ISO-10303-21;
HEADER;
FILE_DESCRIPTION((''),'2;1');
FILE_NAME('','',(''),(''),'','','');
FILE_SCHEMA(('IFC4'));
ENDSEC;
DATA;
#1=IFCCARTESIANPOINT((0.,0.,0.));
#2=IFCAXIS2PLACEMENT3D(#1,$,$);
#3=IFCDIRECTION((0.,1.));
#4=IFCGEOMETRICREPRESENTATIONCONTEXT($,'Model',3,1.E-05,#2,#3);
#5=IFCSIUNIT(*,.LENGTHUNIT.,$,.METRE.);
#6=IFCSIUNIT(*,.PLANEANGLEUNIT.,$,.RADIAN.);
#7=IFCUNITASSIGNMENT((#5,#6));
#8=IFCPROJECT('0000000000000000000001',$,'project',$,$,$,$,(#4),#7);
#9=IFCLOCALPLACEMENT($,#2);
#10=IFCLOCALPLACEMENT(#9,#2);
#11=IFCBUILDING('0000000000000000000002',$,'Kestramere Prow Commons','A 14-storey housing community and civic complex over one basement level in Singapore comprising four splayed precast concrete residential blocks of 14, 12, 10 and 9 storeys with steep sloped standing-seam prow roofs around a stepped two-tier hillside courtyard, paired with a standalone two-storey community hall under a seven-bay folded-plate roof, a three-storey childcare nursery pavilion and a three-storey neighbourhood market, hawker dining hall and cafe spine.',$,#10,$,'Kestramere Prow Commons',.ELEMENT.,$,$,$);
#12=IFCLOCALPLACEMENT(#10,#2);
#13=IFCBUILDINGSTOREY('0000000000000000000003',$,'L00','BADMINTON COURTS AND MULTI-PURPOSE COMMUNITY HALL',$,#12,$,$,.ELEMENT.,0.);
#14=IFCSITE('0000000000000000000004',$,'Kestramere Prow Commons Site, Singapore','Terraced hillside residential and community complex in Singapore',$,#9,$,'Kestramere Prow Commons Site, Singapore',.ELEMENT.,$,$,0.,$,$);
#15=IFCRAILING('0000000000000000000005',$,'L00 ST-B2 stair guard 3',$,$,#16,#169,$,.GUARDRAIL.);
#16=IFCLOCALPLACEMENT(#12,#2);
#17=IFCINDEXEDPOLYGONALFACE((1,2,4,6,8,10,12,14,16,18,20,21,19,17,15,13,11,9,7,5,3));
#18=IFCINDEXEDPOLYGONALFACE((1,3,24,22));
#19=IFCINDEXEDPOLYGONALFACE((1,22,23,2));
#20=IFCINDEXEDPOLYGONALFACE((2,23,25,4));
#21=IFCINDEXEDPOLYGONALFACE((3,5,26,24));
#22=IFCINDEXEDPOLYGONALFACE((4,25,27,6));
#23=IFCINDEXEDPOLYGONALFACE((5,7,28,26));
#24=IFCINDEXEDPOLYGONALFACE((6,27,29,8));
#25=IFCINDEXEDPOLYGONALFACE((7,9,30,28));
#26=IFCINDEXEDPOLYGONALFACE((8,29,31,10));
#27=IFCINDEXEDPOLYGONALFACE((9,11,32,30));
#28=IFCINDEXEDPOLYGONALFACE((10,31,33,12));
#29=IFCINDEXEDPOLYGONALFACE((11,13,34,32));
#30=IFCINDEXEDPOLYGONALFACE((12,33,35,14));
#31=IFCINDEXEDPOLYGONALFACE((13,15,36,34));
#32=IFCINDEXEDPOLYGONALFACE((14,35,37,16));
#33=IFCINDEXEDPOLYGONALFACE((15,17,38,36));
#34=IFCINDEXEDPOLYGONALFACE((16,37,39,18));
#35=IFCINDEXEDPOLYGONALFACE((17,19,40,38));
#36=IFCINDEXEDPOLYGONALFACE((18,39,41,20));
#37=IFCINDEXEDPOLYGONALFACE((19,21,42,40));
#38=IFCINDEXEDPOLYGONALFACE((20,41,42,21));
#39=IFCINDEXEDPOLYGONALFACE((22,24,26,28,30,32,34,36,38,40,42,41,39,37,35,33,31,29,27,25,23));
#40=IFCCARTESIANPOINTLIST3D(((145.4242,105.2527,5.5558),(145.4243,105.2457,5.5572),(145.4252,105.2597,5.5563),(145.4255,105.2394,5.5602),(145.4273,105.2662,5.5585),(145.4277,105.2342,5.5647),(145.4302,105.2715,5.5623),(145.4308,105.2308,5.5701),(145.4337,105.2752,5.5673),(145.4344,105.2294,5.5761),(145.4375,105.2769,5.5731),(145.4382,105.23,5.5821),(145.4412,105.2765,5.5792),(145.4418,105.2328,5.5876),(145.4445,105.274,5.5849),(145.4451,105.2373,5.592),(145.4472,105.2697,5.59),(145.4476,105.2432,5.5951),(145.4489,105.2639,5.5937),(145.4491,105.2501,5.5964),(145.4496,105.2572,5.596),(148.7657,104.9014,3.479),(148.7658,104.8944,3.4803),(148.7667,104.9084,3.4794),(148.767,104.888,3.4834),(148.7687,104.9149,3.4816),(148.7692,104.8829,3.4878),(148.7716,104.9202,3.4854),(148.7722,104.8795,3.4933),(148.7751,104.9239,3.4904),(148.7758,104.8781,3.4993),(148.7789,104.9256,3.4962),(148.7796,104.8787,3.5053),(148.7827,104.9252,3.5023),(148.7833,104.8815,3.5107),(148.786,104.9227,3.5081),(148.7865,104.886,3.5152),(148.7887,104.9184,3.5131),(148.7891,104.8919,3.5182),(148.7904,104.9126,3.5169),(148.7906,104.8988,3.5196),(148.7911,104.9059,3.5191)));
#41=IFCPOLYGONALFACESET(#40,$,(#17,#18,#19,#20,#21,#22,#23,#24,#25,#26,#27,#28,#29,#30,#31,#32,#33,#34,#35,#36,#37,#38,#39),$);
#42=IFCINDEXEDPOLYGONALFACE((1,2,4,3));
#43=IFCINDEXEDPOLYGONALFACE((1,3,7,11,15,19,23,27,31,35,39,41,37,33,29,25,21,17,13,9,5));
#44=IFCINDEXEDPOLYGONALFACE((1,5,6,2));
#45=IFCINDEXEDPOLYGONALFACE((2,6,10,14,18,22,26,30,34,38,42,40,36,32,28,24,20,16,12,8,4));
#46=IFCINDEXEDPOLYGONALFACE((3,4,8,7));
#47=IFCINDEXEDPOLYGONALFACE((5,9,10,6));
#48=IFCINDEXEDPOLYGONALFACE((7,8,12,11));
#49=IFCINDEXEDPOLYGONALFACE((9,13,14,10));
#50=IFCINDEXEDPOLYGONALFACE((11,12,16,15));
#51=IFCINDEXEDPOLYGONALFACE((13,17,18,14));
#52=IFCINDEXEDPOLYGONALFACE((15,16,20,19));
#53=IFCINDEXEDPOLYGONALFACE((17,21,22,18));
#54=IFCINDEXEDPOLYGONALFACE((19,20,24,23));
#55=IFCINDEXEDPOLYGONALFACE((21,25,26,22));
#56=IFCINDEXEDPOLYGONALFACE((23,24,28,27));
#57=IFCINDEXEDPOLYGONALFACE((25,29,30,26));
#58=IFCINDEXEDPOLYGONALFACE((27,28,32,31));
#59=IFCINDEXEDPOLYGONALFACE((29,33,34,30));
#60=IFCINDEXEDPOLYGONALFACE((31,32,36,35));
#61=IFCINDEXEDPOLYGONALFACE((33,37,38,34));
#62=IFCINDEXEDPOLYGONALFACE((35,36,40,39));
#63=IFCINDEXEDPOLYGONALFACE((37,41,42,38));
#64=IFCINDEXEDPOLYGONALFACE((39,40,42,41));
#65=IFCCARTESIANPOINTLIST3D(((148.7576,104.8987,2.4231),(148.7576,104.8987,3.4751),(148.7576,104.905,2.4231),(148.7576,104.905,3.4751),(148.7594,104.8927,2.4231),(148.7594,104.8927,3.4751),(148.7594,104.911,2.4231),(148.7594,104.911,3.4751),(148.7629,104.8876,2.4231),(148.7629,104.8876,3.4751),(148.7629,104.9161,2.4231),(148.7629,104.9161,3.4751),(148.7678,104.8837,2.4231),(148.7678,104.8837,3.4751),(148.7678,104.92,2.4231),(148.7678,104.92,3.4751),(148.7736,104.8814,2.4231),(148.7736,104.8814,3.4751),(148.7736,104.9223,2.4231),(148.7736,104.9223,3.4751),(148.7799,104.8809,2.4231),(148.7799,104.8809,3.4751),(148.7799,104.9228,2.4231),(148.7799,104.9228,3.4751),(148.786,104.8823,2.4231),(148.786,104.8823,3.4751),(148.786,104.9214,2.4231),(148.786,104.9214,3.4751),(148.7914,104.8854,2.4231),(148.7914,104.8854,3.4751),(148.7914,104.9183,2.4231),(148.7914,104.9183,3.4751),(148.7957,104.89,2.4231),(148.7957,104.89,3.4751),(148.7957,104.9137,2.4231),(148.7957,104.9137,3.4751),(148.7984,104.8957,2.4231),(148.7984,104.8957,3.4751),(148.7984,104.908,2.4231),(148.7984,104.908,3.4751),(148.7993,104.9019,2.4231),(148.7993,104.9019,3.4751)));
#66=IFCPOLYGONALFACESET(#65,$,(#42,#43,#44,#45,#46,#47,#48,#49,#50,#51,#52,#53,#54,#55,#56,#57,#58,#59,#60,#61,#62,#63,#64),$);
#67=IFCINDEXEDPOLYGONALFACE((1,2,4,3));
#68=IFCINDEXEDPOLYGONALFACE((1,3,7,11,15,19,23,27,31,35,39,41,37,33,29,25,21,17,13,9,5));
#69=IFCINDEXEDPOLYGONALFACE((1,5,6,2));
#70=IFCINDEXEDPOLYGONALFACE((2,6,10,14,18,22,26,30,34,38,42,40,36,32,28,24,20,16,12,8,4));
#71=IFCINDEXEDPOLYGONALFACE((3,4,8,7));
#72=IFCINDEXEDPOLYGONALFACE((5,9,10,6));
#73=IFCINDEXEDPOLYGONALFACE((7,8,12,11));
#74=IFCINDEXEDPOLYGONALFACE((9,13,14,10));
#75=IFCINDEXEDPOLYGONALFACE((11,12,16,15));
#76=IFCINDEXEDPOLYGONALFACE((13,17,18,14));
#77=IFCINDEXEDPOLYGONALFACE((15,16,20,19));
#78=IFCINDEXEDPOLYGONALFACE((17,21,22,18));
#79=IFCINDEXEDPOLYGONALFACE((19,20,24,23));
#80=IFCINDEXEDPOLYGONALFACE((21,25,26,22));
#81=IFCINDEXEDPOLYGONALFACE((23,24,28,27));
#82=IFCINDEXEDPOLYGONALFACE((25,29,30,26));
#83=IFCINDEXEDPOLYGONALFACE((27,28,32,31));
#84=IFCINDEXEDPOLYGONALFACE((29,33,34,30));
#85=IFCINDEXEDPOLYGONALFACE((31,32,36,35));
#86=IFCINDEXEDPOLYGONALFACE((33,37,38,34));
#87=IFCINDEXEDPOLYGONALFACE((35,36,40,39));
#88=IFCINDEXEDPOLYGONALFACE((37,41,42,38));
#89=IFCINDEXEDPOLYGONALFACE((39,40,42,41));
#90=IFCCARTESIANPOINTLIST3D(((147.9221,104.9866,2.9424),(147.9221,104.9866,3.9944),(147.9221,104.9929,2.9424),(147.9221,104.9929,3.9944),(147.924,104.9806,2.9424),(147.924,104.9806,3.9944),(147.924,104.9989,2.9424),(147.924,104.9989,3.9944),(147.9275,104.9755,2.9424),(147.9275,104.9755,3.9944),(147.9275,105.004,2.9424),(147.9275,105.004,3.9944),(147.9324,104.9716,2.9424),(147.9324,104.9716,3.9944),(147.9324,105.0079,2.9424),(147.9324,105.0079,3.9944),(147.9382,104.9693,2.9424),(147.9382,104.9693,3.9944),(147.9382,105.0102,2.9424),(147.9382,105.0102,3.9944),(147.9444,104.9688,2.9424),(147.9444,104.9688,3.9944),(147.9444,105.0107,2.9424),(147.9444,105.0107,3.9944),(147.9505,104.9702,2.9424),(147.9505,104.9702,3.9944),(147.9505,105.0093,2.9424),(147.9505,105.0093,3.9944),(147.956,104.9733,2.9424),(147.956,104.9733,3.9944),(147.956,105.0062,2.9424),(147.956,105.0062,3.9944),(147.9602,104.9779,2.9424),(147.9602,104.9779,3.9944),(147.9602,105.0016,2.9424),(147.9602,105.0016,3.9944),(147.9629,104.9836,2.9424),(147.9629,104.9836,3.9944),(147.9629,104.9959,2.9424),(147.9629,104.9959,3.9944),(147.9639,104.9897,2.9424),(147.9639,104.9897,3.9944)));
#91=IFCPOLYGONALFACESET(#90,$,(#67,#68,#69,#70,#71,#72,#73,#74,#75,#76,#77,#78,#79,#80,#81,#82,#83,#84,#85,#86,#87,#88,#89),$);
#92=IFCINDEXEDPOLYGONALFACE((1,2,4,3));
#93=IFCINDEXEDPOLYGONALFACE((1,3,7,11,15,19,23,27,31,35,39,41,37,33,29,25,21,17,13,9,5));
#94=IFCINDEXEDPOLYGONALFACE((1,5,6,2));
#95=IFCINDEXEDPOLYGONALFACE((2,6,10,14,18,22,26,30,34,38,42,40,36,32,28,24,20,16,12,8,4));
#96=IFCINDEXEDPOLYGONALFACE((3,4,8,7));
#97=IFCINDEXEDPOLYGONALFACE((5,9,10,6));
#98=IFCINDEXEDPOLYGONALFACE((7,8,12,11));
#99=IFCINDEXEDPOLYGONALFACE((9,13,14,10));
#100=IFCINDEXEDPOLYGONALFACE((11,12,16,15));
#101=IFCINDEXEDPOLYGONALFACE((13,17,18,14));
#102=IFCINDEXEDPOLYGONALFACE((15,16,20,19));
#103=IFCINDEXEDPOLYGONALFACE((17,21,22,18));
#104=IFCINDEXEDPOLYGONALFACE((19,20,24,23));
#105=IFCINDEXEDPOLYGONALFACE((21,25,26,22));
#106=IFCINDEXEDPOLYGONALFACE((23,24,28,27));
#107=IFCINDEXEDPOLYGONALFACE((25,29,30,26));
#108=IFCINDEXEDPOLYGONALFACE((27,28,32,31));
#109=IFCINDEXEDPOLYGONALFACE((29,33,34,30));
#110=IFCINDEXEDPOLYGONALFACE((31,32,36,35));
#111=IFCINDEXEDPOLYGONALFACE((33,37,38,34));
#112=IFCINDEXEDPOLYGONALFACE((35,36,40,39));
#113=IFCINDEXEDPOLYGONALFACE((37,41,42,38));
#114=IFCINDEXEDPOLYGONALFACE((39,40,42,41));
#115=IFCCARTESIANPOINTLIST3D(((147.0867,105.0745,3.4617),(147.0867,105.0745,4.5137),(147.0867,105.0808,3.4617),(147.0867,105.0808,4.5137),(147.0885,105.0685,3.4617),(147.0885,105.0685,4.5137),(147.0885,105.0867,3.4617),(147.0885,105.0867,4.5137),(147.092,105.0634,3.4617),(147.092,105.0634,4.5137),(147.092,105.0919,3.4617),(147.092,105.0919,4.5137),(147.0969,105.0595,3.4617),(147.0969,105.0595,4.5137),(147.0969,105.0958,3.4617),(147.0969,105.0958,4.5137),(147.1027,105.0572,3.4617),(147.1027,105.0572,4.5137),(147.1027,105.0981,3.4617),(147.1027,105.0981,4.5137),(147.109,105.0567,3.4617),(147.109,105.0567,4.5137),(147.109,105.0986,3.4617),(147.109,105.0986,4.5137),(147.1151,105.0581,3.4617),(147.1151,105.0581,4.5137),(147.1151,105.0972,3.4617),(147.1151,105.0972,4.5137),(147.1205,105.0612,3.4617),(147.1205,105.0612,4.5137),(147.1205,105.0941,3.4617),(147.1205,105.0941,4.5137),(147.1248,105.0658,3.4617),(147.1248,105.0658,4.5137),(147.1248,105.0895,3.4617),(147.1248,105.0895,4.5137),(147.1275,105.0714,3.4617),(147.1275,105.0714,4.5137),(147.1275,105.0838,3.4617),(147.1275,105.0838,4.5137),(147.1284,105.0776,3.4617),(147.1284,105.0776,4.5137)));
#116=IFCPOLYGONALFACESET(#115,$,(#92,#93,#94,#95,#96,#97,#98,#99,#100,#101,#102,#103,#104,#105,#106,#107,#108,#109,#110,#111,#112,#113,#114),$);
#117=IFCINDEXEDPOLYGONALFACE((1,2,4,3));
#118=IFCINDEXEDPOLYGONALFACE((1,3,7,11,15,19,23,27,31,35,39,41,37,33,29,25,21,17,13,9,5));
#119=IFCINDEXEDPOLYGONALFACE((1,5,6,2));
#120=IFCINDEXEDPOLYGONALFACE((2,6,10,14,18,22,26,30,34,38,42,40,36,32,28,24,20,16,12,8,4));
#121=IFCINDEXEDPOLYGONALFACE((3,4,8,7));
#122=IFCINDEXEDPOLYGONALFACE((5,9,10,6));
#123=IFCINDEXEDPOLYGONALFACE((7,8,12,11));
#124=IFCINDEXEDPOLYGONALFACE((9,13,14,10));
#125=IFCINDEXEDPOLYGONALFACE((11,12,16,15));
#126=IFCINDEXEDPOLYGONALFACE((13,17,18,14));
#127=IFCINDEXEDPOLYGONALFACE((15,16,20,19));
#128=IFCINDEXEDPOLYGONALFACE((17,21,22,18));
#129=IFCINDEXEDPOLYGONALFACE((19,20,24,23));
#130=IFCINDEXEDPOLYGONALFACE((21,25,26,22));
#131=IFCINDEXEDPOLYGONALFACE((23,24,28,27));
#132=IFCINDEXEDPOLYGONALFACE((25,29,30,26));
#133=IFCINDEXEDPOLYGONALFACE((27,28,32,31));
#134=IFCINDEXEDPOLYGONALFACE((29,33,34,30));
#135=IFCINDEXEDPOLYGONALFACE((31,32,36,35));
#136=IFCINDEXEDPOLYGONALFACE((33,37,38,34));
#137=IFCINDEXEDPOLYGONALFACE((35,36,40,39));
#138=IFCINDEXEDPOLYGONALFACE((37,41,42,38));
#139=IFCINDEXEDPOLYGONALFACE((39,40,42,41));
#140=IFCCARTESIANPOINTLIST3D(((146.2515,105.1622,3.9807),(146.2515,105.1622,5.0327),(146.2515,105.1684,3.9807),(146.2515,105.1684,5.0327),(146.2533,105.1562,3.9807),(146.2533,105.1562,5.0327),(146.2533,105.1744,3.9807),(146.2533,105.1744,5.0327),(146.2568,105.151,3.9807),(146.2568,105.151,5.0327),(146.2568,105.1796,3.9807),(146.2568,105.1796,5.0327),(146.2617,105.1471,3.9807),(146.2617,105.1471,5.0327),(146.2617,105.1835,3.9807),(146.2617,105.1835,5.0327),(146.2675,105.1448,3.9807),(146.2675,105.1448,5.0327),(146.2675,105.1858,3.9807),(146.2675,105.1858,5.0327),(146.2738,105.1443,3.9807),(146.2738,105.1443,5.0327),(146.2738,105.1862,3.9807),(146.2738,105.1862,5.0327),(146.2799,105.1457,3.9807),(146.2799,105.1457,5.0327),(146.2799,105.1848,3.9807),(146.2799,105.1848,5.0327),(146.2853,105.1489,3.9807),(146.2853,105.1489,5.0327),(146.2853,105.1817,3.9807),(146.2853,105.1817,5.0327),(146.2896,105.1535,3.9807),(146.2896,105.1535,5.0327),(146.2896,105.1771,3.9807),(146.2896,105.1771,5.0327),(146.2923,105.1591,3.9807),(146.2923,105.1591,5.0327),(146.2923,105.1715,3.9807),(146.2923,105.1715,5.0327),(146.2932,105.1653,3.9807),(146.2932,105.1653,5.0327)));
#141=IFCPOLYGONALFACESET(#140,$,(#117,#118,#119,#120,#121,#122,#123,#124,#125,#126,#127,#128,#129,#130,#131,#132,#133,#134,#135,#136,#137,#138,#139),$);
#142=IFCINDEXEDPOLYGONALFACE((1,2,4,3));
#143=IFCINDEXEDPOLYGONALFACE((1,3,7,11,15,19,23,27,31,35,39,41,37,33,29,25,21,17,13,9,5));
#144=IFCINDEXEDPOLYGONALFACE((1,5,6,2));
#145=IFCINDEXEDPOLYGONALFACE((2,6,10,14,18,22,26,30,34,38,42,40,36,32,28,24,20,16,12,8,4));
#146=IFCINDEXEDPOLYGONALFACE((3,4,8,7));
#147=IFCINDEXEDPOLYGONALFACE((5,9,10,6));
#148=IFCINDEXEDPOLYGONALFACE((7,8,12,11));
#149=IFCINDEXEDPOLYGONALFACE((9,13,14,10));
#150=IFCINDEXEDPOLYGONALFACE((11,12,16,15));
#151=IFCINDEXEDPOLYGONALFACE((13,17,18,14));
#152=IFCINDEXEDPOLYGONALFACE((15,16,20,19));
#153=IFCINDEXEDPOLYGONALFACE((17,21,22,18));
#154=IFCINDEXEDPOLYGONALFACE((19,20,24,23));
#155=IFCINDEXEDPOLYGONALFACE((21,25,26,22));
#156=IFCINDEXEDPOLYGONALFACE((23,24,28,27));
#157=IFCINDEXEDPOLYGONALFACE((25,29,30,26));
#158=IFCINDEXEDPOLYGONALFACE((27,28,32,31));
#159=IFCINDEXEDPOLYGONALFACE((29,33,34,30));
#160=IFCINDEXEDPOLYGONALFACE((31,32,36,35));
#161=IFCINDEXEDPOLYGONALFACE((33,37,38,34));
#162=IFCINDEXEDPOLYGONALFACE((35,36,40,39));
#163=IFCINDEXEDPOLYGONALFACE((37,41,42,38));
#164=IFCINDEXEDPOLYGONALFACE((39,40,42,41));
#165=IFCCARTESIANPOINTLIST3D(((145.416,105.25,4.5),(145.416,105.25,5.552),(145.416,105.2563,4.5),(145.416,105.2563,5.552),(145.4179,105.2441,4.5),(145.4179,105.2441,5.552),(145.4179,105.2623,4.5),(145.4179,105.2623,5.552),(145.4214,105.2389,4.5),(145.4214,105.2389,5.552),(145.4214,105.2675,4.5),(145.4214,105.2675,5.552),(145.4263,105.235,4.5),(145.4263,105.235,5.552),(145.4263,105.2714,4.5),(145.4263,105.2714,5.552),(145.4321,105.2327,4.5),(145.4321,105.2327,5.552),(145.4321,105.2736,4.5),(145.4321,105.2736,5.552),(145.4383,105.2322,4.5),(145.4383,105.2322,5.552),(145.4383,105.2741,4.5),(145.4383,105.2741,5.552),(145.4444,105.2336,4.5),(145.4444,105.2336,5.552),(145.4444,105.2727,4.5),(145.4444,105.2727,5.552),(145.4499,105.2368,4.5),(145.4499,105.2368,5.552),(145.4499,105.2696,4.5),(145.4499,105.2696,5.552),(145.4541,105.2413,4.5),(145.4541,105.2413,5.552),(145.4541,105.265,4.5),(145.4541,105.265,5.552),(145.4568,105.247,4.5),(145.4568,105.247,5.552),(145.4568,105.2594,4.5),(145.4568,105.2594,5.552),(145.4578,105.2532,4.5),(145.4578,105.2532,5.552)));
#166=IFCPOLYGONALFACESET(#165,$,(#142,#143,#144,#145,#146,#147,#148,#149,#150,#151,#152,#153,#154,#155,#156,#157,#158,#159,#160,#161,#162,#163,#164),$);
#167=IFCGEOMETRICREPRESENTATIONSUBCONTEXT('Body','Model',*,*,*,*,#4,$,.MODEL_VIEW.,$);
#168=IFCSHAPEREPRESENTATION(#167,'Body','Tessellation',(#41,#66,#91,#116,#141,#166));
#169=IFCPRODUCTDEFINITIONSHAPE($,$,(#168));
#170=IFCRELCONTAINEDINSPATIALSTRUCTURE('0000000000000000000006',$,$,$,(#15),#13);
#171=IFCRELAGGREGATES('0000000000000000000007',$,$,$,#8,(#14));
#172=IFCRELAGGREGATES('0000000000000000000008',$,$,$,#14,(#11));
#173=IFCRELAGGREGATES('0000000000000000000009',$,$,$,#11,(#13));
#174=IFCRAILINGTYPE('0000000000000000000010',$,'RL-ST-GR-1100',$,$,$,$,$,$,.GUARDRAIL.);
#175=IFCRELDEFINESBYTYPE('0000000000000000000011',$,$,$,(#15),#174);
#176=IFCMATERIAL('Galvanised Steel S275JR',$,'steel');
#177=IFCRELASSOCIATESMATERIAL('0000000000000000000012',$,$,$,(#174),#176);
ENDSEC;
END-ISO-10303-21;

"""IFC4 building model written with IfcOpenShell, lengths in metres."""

from ifc_helpers import new_model, si_unit, direction, frame, origin, origin_2d, place, context, subcontext, project, spatial, circle, extrude, material, type_object, element, save


model = new_model("IFC4")

# Units and contexts
model_context = context("Model", 3, precision=1e-05, world=origin(), true_north=direction((0.0, 1.0)))
body_context = subcontext(model_context, "Body", "Model", "MODEL_VIEW")
ifc_project = project(units=[si_unit("LENGTHUNIT", "METRE"), si_unit("PLANEANGLEUNIT", "RADIAN")], contexts=[model_context])

# Site, building, storey
site_placement = place(None, origin())
site = spatial("IfcSite", under=ifc_project, at=site_placement, Name="Kestramere Prow Commons Site, Singapore", Description="Terraced hillside residential and community complex in Singapore", LongName="Kestramere Prow Commons Site, Singapore", CompositionType="ELEMENT", RefElevation=0.0)
building_placement = place(site_placement, origin())
building = spatial("IfcBuilding", under=site, at=building_placement, Name="Kestramere Prow Commons", Description="A 14-storey housing community and civic complex over one basement level in Singapore comprising four splayed precast concrete residential blocks of 14, 12, 10 and 9 storeys with steep sloped standing-seam prow roofs around a stepped two-tier hillside courtyard, paired with a standalone two-storey community hall under a seven-bay folded-plate roof, a three-storey childcare nursery pavilion and a three-storey neighbourhood market, hawker dining hall and cafe spine.", LongName="Kestramere Prow Commons", CompositionType="ELEMENT")
storey_placement = place(building_placement, origin())
storey = spatial("IfcBuildingStorey", under=building, at=storey_placement, Name="L00", Description="BADMINTON COURTS AND MULTI-PURPOSE COMMUNITY HALL", CompositionType="ELEMENT", Elevation=0.0)

# Railing
ifc_material_1 = material(Name="Galvanised Steel S275JR", Category="steel")
railing_type_1 = type_object("IfcRailingType", Name="RL-ST-GR-1100", PredefinedType="GUARDRAIL", material=ifc_material_1)
railing_1_placement = place(storey_placement, frame((148.7783, 104.9019, 2.4231)))
element("IfcRailing", 1, at=railing_1_placement, inside=storey, type_object=railing_type_1, Name="L00 ST-B2 stair guard 3", PredefinedType="GUARDRAIL", context=body_context, shape_type="SweptSolid", body=[
    extrude(circle(Radius=0.0239, at=origin_2d()), frame((0.0, 0.0, 1.0762), z_axis=(-0.845951, 0.08894, 0.525791), x_axis=(-0.10456, -0.994519, 0.0)), (0.0, 0.0, 1.0), 3.95),
    extrude(circle(Radius=0.021, at=origin_2d()), origin(), (0.0, 0.0, 1.0), 1.052),
    extrude(circle(Radius=0.021, at=origin_2d()), frame((-0.8354, 0.0879, 0.5193)), (0.0, 0.0, 1.0), 1.052),
    extrude(circle(Radius=0.021, at=origin_2d()), frame((-1.6709, 0.1758, 1.0386)), (0.0, 0.0, 1.0), 1.052),
    extrude(circle(Radius=0.021, at=origin_2d()), frame((-2.5061, 0.2634, 1.5576)), (0.0, 0.0, 1.0), 1.052),
    extrude(circle(Radius=0.021, at=origin_2d()), frame((-3.3416, 0.3513, 2.0769)), (0.0, 0.0, 1.0), 1.052),
])

save(model, "model.ifc")
